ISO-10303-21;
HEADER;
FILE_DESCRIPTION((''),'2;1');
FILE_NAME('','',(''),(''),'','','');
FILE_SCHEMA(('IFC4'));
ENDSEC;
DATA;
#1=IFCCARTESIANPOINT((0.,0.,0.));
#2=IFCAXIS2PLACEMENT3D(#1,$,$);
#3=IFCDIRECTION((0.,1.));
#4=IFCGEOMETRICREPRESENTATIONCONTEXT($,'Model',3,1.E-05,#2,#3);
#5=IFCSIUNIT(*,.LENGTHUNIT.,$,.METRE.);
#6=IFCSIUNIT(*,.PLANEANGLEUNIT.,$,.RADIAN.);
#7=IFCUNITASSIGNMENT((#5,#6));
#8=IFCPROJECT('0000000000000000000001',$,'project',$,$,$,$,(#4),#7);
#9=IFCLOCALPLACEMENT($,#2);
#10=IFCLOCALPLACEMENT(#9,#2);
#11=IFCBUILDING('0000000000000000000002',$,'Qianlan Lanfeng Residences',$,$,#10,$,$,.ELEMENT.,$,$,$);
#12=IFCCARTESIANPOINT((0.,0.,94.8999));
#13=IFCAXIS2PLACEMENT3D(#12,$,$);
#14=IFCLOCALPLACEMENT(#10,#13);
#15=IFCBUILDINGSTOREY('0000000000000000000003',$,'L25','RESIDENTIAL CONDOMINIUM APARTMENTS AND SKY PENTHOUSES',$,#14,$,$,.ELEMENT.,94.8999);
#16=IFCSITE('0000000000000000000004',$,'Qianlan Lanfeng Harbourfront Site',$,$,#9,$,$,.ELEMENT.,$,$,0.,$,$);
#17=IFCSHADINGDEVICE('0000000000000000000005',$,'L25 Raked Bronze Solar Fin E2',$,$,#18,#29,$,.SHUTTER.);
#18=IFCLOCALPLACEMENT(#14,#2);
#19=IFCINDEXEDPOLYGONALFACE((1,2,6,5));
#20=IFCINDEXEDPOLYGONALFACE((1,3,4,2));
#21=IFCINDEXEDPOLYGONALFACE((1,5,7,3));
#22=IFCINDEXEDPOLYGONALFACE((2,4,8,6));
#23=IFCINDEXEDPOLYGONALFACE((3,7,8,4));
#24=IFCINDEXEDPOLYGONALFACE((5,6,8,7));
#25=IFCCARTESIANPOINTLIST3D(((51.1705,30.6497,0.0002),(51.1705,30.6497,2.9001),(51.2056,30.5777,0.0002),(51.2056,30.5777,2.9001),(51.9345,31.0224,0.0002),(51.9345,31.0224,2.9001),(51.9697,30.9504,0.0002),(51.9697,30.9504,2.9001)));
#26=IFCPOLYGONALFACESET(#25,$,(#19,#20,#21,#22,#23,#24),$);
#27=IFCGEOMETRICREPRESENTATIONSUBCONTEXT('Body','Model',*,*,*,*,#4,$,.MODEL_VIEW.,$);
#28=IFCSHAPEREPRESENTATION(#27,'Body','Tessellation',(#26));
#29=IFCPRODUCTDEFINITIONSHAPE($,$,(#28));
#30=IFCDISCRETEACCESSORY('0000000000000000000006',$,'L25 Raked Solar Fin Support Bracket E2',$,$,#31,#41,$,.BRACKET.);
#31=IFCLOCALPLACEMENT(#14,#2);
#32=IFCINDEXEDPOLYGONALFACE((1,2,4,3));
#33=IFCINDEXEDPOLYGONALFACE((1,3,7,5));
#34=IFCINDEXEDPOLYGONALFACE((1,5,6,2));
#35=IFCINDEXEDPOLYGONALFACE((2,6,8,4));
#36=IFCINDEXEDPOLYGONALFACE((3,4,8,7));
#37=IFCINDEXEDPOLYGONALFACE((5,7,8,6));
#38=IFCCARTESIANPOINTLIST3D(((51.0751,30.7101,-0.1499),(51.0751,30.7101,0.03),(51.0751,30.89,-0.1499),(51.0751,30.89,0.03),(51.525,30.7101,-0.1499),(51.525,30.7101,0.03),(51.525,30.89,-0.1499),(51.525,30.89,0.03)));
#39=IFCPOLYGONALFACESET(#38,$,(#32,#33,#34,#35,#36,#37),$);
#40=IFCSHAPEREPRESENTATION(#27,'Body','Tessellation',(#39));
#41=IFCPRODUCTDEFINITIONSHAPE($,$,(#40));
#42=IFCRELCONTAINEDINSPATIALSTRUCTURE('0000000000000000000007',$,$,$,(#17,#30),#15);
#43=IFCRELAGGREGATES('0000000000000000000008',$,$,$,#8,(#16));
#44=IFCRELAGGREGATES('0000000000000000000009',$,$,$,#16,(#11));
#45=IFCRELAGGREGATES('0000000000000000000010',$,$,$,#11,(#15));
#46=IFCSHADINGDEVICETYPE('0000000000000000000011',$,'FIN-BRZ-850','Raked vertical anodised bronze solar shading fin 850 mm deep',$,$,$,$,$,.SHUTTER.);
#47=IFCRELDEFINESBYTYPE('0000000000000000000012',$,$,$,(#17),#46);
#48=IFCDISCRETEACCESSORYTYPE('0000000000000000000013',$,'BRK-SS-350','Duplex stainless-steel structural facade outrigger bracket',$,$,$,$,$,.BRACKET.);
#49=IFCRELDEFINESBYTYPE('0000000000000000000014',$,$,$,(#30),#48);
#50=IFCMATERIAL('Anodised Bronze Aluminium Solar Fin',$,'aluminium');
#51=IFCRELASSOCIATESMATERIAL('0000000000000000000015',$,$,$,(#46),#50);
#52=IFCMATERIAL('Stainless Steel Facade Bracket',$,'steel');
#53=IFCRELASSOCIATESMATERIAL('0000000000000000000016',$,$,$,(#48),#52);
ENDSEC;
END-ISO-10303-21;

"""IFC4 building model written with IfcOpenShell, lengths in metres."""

from ifc_helpers import new_model, si_unit, direction, frame, origin, origin_2d, place, context, subcontext, project, spatial, rectangle, extrude, source, transform, mapped, material, type_object, element, save


model = new_model("IFC4")

# Units and contexts
model_context = context("Model", 3, precision=1e-05, world=origin(), true_north=direction((0.0, 1.0)))
body_context = subcontext(model_context, "Body", "Model", "MODEL_VIEW")
ifc_project = project(units=[si_unit("LENGTHUNIT", "METRE"), si_unit("PLANEANGLEUNIT", "RADIAN")], contexts=[model_context])

# Site, building, storey
site_placement = place(None, origin())
site = spatial("IfcSite", under=ifc_project, at=site_placement, Name="Qianlan Lanfeng Harbourfront Site", CompositionType="ELEMENT", RefElevation=0.0)
building_placement = place(site_placement, origin())
building = spatial("IfcBuilding", under=site, at=building_placement, Name="Qianlan Lanfeng Residences", CompositionType="ELEMENT")
storey_placement = place(building_placement, frame((0.0, 0.0, 94.8999)))
storey = spatial("IfcBuildingStorey", under=building, at=storey_placement, Name="L25", Description="RESIDENTIAL CONDOMINIUM APARTMENTS AND SKY PENTHOUSES", CompositionType="ELEMENT", Elevation=94.8999)

# Shading device
ifc_material_1 = material(Name="Anodised Bronze Aluminium Solar Fin", Category="aluminium")
shading_device_type = type_object("IfcShadingDeviceType", Name="FIN-BRZ-850", Description="Raked vertical anodised bronze solar shading fin 850 mm deep", PredefinedType="SHUTTER", material=ifc_material_1)
shared_shape_1 = source(origin(), body_context, "Body", "SweptSolid", [
    extrude(rectangle(XDim=0.8501, YDim=0.0801, at=origin_2d()), origin(), (0.0, 0.0, 1.0), 2.8999),
])
for number, where, z_axis, x_axis, name in (
    (1, (51.5701, 30.8, 0.0002), (0.0, 0.0, 1.0), (0.898794, 0.438371, 0.0), "L25 Raked Bronze Solar Fin E2"),
):
    element("IfcShadingDevice", number, at=place(storey_placement, frame(where, z_axis=z_axis, x_axis=x_axis)), inside=storey, type_object=shading_device_type, Name=name, PredefinedType="SHUTTER", context=body_context, shape_type="MappedRepresentation", body=[
        mapped(shared_shape_1, transform((0.0, 0.0, 0.0), scale=1.0)),
    ])

# Discrete accessory
ifc_material_2 = material(Name="Stainless Steel Facade Bracket", Category="steel")
discrete_accessory_type = type_object("IfcDiscreteAccessoryType", Name="BRK-SS-350", Description="Duplex stainless-steel structural facade outrigger bracket", PredefinedType="BRACKET", material=ifc_material_2)
shared_shape_2 = source(origin(), body_context, "Body", "SweptSolid", [
    extrude(rectangle(XDim=0.45, YDim=0.1799, at=origin_2d()), origin(), (0.0, 0.0, 1.0), 0.1799),
])
discrete_accessory_placement = place(storey_placement, frame((51.3, 30.8, -0.1499), z_axis=(0.0, 0.0, 1.0), x_axis=(1.0, 0.0, 0.0)))
element("IfcDiscreteAccessory", 2, at=discrete_accessory_placement, inside=storey, type_object=discrete_accessory_type, Name="L25 Raked Solar Fin Support Bracket E2", PredefinedType="BRACKET", context=body_context, shape_type="MappedRepresentation", body=[
    mapped(shared_shape_2, transform((0.0, 0.0, 0.0), scale=1.0)),
])

save(model, "model.ifc")
